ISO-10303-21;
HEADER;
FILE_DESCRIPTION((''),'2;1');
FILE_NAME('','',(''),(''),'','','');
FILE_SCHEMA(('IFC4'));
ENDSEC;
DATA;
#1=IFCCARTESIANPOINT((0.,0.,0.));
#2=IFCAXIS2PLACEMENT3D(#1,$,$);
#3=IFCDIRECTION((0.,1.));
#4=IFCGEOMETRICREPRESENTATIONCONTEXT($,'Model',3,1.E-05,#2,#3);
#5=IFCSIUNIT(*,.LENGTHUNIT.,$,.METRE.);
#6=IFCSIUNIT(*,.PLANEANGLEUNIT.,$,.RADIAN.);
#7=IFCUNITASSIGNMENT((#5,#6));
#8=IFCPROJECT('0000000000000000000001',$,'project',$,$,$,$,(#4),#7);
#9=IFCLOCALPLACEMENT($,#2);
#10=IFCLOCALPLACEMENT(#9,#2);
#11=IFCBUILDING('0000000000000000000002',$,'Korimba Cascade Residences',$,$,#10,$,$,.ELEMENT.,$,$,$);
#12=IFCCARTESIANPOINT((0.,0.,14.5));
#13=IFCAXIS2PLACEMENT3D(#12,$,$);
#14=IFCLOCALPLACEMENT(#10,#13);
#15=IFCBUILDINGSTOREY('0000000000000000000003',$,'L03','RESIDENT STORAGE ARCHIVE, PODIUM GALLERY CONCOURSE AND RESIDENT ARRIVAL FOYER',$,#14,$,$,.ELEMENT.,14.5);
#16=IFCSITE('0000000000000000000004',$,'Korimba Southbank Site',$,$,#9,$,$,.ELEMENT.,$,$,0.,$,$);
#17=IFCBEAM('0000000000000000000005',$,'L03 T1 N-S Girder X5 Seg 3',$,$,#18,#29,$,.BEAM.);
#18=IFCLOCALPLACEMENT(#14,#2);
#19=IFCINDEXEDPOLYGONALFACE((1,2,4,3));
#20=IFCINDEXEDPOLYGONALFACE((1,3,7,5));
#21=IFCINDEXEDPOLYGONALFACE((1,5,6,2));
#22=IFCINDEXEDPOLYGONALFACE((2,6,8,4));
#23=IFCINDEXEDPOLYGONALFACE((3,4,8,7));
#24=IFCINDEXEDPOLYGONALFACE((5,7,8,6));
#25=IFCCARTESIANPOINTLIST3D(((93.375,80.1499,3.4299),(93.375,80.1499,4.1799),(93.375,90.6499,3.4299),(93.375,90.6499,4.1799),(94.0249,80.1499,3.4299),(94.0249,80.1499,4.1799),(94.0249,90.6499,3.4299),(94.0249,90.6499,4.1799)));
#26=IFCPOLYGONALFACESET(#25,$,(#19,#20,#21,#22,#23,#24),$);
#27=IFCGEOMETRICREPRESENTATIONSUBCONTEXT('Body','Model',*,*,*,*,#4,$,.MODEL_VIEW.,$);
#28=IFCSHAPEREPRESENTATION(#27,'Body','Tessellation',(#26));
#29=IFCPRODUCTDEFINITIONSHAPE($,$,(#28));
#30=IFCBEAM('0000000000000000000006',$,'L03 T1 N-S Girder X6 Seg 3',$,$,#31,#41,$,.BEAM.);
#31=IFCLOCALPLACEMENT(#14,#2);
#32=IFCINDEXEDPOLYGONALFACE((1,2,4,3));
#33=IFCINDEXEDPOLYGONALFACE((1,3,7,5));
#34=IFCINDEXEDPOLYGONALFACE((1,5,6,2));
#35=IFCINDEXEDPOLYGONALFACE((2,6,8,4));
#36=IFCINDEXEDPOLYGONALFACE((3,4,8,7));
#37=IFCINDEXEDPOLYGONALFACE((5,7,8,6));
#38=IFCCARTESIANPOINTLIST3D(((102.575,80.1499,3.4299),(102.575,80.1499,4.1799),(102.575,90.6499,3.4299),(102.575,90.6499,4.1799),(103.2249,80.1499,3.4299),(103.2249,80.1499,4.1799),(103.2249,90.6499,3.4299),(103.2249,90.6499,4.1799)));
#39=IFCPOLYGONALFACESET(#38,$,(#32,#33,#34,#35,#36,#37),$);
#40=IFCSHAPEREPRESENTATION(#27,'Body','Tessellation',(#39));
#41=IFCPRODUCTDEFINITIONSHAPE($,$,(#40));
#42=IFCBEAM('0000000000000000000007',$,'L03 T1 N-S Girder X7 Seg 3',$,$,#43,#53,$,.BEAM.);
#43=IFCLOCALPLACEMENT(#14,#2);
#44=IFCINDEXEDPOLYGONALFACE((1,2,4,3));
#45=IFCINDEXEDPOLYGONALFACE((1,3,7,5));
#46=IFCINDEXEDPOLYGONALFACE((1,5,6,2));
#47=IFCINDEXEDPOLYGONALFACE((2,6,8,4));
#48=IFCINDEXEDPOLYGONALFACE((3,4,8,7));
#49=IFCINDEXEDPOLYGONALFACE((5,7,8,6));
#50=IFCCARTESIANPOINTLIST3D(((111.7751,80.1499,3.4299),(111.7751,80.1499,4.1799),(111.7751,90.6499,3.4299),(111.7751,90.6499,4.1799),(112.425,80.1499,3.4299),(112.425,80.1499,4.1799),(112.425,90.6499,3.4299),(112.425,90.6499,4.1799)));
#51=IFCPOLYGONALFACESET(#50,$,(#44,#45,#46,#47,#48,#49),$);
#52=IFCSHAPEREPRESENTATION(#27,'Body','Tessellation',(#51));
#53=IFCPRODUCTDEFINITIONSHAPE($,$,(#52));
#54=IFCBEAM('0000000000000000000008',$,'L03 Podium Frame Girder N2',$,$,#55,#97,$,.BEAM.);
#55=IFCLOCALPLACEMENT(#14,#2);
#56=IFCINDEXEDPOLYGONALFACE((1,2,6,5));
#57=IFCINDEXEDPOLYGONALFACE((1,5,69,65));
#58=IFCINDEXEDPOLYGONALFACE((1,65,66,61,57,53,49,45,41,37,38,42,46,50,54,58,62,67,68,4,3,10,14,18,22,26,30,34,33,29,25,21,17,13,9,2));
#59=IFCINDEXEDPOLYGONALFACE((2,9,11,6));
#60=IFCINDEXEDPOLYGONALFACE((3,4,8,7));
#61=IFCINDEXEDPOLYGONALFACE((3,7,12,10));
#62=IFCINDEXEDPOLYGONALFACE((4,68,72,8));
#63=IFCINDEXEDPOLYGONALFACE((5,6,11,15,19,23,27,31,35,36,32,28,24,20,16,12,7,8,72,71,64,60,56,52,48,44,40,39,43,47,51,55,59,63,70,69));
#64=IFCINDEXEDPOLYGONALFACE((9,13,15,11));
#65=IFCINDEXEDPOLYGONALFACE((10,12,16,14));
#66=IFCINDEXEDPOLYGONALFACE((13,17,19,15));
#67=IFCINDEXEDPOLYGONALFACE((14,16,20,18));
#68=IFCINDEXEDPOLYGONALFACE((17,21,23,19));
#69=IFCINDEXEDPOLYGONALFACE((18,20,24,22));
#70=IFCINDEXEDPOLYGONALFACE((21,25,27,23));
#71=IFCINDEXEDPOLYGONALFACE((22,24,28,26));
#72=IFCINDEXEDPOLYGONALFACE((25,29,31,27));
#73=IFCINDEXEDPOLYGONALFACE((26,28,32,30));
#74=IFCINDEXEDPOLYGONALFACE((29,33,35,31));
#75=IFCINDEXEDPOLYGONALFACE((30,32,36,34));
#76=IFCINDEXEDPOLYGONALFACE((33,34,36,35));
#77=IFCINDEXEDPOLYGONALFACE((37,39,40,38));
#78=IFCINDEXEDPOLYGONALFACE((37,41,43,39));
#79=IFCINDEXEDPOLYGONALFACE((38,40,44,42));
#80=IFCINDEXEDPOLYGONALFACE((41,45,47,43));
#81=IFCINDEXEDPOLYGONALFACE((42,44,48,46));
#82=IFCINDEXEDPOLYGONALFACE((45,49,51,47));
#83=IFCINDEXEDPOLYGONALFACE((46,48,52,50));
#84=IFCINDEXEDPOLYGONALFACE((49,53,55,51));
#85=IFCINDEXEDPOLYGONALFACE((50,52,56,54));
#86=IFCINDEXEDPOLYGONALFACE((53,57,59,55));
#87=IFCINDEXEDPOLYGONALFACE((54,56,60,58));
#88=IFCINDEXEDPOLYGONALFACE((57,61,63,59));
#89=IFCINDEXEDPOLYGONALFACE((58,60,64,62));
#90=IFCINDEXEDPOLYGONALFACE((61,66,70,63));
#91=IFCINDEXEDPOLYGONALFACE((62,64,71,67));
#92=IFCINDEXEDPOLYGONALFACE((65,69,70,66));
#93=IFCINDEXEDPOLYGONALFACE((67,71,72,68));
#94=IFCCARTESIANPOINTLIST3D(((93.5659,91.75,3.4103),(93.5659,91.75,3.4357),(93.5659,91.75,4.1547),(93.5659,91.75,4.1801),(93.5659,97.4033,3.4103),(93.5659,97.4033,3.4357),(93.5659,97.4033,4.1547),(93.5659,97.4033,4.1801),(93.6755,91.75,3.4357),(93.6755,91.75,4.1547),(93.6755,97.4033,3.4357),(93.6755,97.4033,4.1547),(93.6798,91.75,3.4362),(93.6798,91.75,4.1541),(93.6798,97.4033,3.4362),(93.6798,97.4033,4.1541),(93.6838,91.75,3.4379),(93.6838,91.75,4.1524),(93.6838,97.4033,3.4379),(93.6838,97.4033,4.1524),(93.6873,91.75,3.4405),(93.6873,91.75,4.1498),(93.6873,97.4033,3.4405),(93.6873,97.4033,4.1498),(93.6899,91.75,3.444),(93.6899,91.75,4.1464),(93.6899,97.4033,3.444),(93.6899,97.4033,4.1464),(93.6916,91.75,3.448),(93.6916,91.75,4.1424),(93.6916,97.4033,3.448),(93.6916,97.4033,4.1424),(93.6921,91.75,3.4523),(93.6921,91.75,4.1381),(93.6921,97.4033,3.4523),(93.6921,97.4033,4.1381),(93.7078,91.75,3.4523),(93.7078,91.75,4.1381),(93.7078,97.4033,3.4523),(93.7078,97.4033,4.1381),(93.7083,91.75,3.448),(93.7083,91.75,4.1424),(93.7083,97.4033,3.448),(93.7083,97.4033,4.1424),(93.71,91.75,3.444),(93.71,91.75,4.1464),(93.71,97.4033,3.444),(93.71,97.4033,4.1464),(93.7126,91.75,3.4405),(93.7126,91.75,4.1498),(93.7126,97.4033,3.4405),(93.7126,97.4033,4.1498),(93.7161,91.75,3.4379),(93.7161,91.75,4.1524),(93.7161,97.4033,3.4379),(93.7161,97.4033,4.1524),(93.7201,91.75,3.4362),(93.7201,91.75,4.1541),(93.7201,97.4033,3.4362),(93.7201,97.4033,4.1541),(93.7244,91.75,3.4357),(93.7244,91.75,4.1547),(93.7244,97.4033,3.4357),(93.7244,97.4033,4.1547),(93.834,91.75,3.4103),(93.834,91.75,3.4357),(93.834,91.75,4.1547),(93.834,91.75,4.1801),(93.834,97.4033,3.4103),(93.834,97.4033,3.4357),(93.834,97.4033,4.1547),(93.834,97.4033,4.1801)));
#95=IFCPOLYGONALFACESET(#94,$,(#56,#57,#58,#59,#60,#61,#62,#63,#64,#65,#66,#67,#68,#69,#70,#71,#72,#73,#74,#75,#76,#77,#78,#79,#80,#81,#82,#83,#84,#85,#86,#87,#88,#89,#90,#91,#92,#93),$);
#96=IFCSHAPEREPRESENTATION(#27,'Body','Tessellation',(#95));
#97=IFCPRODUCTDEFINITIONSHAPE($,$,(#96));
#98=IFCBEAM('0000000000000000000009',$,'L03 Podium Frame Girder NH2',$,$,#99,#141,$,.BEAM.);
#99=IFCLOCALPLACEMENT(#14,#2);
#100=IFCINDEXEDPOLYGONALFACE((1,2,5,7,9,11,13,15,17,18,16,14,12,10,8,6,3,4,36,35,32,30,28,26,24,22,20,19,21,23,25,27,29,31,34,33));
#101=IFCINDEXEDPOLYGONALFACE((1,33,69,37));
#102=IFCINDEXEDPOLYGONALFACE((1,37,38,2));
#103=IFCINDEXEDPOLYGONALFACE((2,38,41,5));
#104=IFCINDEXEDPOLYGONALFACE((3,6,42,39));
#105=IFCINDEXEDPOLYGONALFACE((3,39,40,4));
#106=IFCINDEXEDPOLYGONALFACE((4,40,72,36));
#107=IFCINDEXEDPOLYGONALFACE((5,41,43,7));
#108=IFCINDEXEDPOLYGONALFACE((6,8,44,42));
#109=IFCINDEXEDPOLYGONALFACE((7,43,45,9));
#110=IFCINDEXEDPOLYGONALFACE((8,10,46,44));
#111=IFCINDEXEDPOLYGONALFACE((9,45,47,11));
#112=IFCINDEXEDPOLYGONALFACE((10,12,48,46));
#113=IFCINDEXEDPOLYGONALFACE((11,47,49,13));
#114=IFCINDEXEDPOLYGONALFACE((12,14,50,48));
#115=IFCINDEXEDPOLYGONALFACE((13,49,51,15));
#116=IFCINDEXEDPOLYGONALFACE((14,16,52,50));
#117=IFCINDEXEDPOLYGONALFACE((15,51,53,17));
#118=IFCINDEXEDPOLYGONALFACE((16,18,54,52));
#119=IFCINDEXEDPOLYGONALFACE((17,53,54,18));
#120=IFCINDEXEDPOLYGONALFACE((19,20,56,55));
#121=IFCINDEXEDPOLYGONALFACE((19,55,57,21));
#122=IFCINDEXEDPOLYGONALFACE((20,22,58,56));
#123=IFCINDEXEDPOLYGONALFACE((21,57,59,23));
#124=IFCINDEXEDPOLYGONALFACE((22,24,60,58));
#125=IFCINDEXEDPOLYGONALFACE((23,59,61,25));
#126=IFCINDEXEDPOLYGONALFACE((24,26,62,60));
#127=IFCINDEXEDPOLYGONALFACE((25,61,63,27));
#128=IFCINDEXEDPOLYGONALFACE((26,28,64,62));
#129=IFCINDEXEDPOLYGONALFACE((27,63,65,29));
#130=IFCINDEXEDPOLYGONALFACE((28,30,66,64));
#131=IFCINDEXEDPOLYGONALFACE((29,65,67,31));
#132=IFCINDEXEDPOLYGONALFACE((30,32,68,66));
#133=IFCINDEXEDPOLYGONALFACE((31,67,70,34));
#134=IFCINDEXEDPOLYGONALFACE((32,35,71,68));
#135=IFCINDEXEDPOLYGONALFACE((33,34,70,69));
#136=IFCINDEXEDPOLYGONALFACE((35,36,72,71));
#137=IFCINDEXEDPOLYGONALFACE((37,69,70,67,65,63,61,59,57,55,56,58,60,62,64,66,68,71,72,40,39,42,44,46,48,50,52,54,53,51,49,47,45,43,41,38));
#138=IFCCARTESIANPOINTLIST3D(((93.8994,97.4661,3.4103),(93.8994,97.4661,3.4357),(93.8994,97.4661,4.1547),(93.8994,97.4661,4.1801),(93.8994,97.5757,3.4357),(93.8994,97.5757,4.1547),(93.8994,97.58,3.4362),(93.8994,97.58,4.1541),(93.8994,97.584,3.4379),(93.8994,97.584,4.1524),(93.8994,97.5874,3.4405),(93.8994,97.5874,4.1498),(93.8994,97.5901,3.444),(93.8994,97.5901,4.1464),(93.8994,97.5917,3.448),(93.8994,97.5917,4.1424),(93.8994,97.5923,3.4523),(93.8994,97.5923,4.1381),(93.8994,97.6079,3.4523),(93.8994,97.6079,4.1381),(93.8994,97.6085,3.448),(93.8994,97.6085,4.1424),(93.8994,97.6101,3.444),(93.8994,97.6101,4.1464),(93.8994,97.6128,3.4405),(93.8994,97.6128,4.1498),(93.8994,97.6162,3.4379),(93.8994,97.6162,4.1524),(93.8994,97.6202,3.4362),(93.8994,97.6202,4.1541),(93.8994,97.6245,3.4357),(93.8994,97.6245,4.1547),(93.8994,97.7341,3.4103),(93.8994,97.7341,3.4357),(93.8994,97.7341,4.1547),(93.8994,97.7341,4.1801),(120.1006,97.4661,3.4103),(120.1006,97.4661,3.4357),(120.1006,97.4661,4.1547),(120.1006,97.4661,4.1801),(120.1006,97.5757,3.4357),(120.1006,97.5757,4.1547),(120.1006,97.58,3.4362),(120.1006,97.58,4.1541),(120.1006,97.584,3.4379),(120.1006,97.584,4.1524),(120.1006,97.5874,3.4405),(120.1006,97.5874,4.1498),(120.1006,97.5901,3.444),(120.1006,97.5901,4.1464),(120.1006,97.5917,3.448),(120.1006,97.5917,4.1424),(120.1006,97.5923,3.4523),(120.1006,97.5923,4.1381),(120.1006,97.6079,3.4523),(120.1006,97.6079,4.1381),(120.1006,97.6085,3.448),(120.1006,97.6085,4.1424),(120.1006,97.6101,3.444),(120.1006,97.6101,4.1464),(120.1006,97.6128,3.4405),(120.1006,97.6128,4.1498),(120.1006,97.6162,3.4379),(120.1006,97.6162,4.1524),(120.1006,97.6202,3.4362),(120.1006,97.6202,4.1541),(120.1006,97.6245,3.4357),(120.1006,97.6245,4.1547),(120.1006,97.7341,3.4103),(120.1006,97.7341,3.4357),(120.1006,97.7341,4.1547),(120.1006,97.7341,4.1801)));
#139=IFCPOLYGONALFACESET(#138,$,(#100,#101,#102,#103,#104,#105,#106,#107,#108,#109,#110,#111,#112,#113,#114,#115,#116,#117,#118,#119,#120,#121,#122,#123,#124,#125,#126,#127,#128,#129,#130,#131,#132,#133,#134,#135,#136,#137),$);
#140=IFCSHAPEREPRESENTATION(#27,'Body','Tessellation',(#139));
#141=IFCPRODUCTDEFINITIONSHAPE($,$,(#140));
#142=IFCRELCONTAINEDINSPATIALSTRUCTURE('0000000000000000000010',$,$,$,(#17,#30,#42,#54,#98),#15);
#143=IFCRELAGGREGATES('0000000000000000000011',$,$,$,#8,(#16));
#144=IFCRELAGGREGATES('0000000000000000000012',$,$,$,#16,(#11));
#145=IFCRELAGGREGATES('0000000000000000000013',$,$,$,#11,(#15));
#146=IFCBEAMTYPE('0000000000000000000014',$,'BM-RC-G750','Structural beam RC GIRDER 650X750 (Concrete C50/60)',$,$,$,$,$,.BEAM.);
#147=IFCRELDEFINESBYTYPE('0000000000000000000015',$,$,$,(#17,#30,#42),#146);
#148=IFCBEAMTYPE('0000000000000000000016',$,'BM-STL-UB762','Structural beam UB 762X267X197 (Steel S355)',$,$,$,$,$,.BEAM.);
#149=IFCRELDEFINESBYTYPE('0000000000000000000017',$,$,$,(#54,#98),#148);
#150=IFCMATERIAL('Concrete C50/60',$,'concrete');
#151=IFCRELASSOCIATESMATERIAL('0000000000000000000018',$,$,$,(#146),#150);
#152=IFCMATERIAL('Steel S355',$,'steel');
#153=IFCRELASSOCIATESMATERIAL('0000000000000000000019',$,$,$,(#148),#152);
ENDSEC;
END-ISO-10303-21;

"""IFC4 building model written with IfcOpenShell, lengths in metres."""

from ifc_helpers import new_model, si_unit, direction, frame, origin, origin_2d, place, context, subcontext, project, spatial, rectangle, i_section, extrude, material, material_profile, profile_set, type_object, element, save


model = new_model("IFC4")

# Units and contexts
model_context = context("Model", 3, precision=1e-05, world=origin(), true_north=direction((0.0, 1.0)))
body_context = subcontext(model_context, "Body", "Model", "MODEL_VIEW")
ifc_project = project(units=[si_unit("LENGTHUNIT", "METRE"), si_unit("PLANEANGLEUNIT", "RADIAN")], contexts=[model_context])

# Site, building, storey
site_placement = place(None, origin())
site = spatial("IfcSite", under=ifc_project, at=site_placement, Name="Korimba Southbank Site", CompositionType="ELEMENT", RefElevation=0.0)
building_placement = place(site_placement, origin())
building = spatial("IfcBuilding", under=site, at=building_placement, Name="Korimba Cascade Residences", CompositionType="ELEMENT")
storey_placement = place(building_placement, frame((0.0, 0.0, 14.5)))
storey = spatial("IfcBuildingStorey", under=building, at=storey_placement, Name="L03", Description="RESIDENT STORAGE ARCHIVE, PODIUM GALLERY CONCOURSE AND RESIDENT ARRIVAL FOYER", CompositionType="ELEMENT", Elevation=14.5)

# Shared definitions
ifc_material_1 = material(Name="Steel S355", Category="steel")

# Beams
ifc_material_2 = material(Name="Concrete C50/60", Category="concrete")
ifc_material_profile_1 = material_profile(ifc_material_2, rectangle(XDim=0.6499, YDim=0.75, at=origin_2d()), Name="Concrete C50/60")
ifc_profile_set_1 = profile_set([ifc_material_profile_1], Name="Concrete C50/60")
beam_type_1 = type_object("IfcBeamType", Name="BM-RC-G750", Description="Structural beam RC GIRDER 650X750 (Concrete C50/60)", PredefinedType="BEAM", material=ifc_profile_set_1)
for number, where, z_axis, x_axis, name in (
    (1, (93.7, 80.1499, 3.8049), (0.0, 1.0, 0.0), (-1.0, 0.0, 0.0), "L03 T1 N-S Girder X5 Seg 3"),
    (2, (102.8999, 80.1499, 3.8049), (0.0, 1.0, 0.0), (-1.0, 0.0, 0.0), "L03 T1 N-S Girder X6 Seg 3"),
    (3, (112.1001, 80.1499, 3.8049), (0.0, 1.0, 0.0), (-1.0, 0.0, 0.0), "L03 T1 N-S Girder X7 Seg 3"),
):
    element("IfcBeam", number, at=place(storey_placement, frame(where, z_axis=z_axis, x_axis=x_axis)), inside=storey, type_object=beam_type_1, Name=name, PredefinedType="BEAM", context=body_context, shape_type="SweptSolid", body=[
        extrude(rectangle(XDim=0.6499, YDim=0.75, at=origin_2d()), origin(), (0.0, 0.0, 1.0), 10.5),
    ])
ifc_material_profile_2 = material_profile(ifc_material_1, i_section(OverallWidth=0.2681, OverallDepth=0.7698, WebThickness=0.0156, FlangeThickness=0.0254, FilletRadius=0.0166, at=origin_2d()), Name="Steel S355")
ifc_profile_set_2 = profile_set([ifc_material_profile_2], Name="Steel S355")
beam_type_2 = type_object("IfcBeamType", Name="BM-STL-UB762", Description="Structural beam UB 762X267X197 (Steel S355)", PredefinedType="BEAM", material=ifc_profile_set_2)
beam_1_placement = place(storey_placement, frame((93.7, 91.75, 3.7952), z_axis=(0.0, 1.0, 0.0), x_axis=(-1.0, 0.0, 0.0)))
element("IfcBeam", 4, at=beam_1_placement, inside=storey, type_object=beam_type_2, Name="L03 Podium Frame Girder N2", PredefinedType="BEAM", context=body_context, shape_type="SweptSolid", body=[
    extrude(i_section(OverallWidth=0.2681, OverallDepth=0.7698, WebThickness=0.0156, FlangeThickness=0.0254, FilletRadius=0.0166, at=origin_2d()), origin(), (0.0, 0.0, 1.0), 5.6533),
])
beam_2_placement = place(storey_placement, frame((93.8994, 97.6001, 3.7952), z_axis=(1.0, 0.0, 0.0), x_axis=(0.0, 1.0, 0.0)))
element("IfcBeam", 5, at=beam_2_placement, inside=storey, type_object=beam_type_2, Name="L03 Podium Frame Girder NH2", PredefinedType="BEAM", context=body_context, shape_type="SweptSolid", body=[
    extrude(i_section(OverallWidth=0.2681, OverallDepth=0.7698, WebThickness=0.0156, FlangeThickness=0.0254, FilletRadius=0.0166, at=origin_2d()), origin(), (0.0, 0.0, 1.0), 26.2012),
])

save(model, "model.ifc")
